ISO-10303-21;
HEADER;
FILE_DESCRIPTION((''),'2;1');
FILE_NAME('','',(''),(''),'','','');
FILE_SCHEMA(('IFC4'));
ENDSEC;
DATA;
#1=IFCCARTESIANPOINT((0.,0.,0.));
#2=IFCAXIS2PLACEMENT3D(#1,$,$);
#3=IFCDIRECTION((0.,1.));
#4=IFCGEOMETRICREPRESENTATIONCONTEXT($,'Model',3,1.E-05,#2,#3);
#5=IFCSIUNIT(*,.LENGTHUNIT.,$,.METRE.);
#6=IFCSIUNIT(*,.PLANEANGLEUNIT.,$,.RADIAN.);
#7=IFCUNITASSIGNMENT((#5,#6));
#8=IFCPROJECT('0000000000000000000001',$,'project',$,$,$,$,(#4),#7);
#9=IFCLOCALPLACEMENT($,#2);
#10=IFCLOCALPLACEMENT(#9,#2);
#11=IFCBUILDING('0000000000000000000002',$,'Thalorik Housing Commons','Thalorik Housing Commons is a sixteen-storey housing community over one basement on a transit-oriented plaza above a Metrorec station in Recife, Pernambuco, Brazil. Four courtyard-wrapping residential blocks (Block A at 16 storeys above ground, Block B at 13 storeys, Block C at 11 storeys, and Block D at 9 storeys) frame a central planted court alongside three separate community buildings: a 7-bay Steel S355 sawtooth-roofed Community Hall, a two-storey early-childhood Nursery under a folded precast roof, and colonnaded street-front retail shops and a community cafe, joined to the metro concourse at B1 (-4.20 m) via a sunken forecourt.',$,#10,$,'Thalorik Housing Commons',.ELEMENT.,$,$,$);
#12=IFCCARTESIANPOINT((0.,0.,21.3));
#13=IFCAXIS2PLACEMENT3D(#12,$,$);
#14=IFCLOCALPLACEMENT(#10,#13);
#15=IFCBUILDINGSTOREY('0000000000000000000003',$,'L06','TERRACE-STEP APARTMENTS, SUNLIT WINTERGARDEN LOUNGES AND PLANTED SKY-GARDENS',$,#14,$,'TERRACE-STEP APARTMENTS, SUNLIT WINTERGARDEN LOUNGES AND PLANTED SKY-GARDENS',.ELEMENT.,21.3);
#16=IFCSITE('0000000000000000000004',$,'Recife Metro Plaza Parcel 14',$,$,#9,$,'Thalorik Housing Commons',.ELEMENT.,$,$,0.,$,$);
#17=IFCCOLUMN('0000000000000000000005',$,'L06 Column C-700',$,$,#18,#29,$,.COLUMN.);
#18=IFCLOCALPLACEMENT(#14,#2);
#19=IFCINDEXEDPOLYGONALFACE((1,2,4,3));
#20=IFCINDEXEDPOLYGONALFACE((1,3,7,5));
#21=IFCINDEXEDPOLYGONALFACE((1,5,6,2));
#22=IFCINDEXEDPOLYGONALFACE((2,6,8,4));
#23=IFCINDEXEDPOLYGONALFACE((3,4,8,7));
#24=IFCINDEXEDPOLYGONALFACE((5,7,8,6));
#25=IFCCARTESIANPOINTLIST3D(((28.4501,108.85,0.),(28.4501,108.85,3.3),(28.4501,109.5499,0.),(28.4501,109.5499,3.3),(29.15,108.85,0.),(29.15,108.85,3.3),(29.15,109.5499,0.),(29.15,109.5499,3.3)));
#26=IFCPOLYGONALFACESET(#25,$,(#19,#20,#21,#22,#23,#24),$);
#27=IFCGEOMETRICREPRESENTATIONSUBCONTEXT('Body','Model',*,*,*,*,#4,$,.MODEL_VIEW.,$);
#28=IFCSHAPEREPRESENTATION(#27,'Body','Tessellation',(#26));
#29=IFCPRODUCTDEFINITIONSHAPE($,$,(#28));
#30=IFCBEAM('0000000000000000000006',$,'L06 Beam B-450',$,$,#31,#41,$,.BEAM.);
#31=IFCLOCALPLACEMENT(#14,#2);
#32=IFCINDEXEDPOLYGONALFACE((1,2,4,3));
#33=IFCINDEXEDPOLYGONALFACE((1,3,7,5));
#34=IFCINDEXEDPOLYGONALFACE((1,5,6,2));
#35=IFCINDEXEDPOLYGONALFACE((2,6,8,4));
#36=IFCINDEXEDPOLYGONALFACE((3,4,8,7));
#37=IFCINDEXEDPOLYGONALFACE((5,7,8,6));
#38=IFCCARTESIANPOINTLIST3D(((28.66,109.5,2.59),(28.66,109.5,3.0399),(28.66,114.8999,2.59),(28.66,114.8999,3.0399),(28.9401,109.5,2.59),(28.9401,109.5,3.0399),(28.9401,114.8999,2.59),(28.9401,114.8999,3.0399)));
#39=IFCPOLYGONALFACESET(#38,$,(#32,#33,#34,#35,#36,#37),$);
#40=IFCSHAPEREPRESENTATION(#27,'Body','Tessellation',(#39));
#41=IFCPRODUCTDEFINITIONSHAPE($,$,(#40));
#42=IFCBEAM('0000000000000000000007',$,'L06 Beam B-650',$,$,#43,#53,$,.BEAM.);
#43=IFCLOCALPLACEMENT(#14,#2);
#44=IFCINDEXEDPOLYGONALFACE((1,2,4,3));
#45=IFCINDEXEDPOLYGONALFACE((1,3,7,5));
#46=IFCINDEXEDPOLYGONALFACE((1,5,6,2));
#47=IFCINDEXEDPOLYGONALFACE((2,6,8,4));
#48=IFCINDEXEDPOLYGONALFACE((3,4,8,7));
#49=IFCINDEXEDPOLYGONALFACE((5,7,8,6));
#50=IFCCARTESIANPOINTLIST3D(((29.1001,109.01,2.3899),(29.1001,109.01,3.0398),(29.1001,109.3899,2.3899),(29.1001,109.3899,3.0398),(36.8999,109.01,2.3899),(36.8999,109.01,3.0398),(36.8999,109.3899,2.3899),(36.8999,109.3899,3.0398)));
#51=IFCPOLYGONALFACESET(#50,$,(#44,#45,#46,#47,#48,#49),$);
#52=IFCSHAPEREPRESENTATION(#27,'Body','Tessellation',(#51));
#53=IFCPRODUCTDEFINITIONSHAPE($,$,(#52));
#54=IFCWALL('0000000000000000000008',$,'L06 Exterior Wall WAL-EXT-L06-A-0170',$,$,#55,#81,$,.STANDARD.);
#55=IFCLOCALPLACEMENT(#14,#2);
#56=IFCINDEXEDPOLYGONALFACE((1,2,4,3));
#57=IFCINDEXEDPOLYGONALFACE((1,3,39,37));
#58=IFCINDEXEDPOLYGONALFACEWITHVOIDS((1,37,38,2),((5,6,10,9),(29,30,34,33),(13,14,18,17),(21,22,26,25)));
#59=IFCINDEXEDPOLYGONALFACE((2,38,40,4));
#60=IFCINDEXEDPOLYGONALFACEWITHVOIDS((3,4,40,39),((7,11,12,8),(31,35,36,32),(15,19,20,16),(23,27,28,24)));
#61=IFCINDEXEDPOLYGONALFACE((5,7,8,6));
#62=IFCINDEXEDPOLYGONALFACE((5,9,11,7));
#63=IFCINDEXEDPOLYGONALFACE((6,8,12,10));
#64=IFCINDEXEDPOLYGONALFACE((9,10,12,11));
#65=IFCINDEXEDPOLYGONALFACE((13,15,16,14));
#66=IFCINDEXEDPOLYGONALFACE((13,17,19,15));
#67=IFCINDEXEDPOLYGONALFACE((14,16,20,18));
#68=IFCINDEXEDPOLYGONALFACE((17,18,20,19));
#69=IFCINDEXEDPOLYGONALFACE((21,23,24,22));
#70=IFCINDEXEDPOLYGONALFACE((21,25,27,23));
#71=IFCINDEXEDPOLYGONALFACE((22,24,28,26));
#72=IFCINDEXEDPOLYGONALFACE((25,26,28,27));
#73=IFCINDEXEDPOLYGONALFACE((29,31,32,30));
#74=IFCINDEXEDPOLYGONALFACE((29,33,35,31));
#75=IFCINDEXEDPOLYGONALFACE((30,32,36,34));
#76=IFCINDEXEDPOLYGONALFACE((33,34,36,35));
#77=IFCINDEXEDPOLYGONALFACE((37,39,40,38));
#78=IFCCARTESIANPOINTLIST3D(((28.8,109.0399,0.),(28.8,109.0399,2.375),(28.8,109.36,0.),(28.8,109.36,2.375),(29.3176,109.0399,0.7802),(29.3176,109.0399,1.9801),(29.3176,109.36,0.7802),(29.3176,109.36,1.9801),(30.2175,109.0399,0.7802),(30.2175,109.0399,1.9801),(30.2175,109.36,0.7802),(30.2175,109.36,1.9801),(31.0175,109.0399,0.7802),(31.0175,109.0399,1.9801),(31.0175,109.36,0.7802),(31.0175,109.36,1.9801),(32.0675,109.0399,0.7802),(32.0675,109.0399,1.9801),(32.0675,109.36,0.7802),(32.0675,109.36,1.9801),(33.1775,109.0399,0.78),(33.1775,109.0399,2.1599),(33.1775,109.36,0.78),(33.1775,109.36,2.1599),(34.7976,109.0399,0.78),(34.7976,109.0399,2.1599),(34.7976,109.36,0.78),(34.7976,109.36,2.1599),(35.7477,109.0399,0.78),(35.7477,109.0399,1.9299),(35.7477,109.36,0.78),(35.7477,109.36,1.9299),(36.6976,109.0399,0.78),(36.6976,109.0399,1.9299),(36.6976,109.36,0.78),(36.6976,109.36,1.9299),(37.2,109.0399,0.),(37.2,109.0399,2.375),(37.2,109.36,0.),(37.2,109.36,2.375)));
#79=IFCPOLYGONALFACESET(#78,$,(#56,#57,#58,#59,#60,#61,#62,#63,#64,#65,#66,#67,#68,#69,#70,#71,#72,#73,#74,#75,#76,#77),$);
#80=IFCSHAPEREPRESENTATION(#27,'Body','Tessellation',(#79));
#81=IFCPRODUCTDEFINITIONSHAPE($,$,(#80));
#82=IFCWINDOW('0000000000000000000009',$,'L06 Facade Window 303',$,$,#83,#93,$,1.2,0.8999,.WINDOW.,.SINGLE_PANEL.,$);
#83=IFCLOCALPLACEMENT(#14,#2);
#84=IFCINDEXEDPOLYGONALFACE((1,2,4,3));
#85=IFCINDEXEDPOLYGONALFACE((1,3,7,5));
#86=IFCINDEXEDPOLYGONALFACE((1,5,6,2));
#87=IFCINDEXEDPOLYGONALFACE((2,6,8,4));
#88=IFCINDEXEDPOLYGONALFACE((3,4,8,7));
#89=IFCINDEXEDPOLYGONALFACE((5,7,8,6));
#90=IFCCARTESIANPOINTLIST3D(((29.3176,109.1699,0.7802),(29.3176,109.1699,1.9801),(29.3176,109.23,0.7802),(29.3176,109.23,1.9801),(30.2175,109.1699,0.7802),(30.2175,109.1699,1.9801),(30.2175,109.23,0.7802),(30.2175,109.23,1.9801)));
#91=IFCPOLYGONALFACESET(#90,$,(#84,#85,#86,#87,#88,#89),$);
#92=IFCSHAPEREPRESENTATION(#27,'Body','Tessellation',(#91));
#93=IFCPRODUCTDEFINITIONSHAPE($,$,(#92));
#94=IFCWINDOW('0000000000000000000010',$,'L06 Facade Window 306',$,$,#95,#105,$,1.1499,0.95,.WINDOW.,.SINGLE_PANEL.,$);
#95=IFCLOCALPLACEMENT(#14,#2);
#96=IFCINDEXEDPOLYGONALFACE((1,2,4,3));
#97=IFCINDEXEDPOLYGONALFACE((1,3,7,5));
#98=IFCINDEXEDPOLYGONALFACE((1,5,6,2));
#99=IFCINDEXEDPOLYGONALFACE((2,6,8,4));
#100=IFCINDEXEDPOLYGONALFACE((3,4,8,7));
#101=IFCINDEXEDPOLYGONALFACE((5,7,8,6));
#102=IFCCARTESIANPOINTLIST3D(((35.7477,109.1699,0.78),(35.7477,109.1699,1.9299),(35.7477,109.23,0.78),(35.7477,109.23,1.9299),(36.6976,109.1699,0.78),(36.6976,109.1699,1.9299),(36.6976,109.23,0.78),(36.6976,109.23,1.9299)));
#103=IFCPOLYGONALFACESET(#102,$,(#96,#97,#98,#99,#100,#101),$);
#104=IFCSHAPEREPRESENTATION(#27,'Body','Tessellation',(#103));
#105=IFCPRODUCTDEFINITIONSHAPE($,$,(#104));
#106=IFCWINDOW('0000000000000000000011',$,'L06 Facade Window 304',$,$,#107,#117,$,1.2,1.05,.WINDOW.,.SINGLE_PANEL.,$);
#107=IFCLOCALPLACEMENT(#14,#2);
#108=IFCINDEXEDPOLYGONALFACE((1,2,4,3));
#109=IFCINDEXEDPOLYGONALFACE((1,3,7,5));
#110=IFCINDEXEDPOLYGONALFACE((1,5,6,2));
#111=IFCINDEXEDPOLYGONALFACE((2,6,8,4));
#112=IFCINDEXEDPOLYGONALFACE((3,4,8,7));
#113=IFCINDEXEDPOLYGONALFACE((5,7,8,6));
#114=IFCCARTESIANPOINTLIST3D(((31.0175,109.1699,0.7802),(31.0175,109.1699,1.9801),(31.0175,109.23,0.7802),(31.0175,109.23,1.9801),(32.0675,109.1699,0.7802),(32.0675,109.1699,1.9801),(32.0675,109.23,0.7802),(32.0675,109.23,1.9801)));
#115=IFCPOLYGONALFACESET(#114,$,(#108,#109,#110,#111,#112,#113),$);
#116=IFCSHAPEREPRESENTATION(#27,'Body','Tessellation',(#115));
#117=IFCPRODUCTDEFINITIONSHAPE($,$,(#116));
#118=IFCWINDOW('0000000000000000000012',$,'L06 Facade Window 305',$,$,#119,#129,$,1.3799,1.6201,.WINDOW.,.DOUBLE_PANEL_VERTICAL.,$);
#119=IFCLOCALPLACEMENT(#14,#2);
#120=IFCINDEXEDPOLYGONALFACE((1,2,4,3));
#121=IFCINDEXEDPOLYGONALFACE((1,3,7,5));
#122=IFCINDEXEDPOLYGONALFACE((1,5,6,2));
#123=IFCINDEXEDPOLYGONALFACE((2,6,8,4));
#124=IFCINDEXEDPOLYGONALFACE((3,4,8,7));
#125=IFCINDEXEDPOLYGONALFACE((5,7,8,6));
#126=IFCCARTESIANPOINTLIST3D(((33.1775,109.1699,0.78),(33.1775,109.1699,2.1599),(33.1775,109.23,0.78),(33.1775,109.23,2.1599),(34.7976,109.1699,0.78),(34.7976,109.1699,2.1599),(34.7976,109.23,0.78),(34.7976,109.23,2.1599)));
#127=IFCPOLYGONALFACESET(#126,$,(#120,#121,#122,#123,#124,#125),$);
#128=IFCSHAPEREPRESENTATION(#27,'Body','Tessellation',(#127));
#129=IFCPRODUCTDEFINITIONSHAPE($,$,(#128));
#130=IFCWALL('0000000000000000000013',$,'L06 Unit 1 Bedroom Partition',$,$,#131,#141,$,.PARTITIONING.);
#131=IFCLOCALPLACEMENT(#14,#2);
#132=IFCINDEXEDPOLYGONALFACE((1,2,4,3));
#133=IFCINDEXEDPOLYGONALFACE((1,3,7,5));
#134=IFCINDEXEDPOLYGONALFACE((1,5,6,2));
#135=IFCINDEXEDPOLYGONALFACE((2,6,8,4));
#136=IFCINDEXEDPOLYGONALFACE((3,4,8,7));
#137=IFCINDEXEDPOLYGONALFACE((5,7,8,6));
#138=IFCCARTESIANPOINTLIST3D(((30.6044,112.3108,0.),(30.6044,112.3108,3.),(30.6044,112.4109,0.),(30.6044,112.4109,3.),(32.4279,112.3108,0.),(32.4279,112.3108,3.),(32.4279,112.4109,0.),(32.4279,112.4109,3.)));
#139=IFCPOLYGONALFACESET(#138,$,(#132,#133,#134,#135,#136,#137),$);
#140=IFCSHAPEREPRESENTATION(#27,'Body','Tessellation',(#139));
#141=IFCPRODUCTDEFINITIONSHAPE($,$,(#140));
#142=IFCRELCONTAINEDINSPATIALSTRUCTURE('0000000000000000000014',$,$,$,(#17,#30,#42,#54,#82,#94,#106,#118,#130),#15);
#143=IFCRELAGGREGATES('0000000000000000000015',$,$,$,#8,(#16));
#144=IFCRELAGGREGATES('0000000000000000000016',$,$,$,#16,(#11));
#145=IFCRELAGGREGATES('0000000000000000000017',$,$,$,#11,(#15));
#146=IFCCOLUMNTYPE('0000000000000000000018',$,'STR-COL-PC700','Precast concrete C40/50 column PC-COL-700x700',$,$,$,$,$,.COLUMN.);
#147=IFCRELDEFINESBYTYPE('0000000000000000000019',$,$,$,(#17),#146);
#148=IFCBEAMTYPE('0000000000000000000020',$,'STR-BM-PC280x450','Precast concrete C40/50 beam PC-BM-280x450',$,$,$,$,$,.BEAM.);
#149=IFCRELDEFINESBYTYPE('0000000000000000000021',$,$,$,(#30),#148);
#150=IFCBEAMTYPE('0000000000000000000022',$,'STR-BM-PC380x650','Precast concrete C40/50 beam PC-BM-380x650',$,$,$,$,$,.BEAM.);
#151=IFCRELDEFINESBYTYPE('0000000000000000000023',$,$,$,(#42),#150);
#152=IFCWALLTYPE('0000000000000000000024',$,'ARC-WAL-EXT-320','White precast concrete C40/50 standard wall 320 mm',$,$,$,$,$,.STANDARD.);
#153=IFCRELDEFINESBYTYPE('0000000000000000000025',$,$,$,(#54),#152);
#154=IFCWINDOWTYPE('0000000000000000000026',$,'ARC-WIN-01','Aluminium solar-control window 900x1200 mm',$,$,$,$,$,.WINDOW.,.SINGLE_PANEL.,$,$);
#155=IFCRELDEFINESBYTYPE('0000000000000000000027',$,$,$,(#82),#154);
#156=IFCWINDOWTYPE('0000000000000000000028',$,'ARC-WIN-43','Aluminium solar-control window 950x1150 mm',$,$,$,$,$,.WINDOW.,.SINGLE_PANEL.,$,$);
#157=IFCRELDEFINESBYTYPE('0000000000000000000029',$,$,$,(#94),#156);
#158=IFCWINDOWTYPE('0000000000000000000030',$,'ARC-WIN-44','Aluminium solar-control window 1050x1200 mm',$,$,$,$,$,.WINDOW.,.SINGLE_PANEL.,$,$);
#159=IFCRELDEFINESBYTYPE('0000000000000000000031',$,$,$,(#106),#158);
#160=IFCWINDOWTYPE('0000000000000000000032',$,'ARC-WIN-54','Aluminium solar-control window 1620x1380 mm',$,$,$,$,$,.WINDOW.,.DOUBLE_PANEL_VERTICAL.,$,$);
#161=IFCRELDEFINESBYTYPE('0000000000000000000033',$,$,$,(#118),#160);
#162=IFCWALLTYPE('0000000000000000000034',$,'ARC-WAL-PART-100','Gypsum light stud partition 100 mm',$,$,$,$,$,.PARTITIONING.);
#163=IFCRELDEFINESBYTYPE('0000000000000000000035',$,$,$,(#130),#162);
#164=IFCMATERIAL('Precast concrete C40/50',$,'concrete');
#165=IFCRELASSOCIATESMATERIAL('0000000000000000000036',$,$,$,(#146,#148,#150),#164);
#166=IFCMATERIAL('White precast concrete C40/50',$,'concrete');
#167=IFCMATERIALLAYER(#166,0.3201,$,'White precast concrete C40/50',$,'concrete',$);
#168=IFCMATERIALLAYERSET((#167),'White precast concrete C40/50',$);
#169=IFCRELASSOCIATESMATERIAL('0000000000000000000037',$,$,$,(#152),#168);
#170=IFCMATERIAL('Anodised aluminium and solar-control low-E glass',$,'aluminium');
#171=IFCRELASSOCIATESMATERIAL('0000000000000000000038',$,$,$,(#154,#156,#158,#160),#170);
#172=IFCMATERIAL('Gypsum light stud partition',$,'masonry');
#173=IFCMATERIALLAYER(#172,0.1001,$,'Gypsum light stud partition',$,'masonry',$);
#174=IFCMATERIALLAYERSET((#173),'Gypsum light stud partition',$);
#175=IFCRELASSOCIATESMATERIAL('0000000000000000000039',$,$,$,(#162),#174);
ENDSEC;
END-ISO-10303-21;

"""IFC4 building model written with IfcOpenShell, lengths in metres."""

from ifc_helpers import new_model, si_unit, direction, frame, frame_2d, origin, origin_2d, place, context, subcontext, project, spatial, rectangle, extrude, material, layer, layer_set, material_profile, profile_set, type_object, element, fill, save


model = new_model("IFC4")

# Units and contexts
model_context = context("Model", 3, precision=1e-05, world=origin(), true_north=direction((0.0, 1.0)))
body_context = subcontext(model_context, "Body", "Model", "MODEL_VIEW")
ifc_project = project(units=[si_unit("LENGTHUNIT", "METRE"), si_unit("PLANEANGLEUNIT", "RADIAN")], contexts=[model_context])

# Site, building, storey
site_placement = place(None, origin())
site = spatial("IfcSite", under=ifc_project, at=site_placement, Name="Recife Metro Plaza Parcel 14", LongName="Thalorik Housing Commons", CompositionType="ELEMENT", RefElevation=0.0)
building_placement = place(site_placement, origin())
building = spatial("IfcBuilding", under=site, at=building_placement, Name="Thalorik Housing Commons", Description="Thalorik Housing Commons is a sixteen-storey housing community over one basement on a transit-oriented plaza above a Metrorec station in Recife, Pernambuco, Brazil. Four courtyard-wrapping residential blocks (Block A at 16 storeys above ground, Block B at 13 storeys, Block C at 11 storeys, and Block D at 9 storeys) frame a central planted court alongside three separate community buildings: a 7-bay Steel S355 sawtooth-roofed Community Hall, a two-storey early-childhood Nursery under a folded precast roof, and colonnaded street-front retail shops and a community cafe, joined to the metro concourse at B1 (-4.20 m) via a sunken forecourt.", LongName="Thalorik Housing Commons", CompositionType="ELEMENT")
storey_placement = place(building_placement, frame((0.0, 0.0, 21.3)))
storey = spatial("IfcBuildingStorey", under=building, at=storey_placement, Name="L06", Description="TERRACE-STEP APARTMENTS, SUNLIT WINTERGARDEN LOUNGES AND PLANTED SKY-GARDENS", LongName="TERRACE-STEP APARTMENTS, SUNLIT WINTERGARDEN LOUNGES AND PLANTED SKY-GARDENS", CompositionType="ELEMENT", Elevation=21.3)

# Column
ifc_material_1 = material(Name="Precast concrete C40/50", Category="concrete")
ifc_material_profile_1 = material_profile(ifc_material_1, rectangle(XDim=0.7, YDim=0.7, at=origin_2d()), Name="PC 700x700", Category="concrete")
ifc_profile_set_1 = profile_set([ifc_material_profile_1], Name="Precast concrete C40/50")
column_type = type_object("IfcColumnType", Name="STR-COL-PC700", Description="Precast concrete C40/50 column PC-COL-700x700", PredefinedType="COLUMN", material=ifc_profile_set_1)
column_placement = place(storey_placement, frame((28.8, 109.2, 0.0), z_axis=(0.0, 0.0, 1.0), x_axis=(1.0, 0.0, 0.0)))
element("IfcColumn", 1, at=column_placement, inside=storey, type_object=column_type, Name="L06 Column C-700", PredefinedType="COLUMN", context=body_context, shape_type="SweptSolid", body=[
    extrude(rectangle(XDim=0.7, YDim=0.7, at=origin_2d()), origin(), (0.0, 0.0, 1.0), 3.3),
])

# Beams
ifc_material_profile_2 = material_profile(ifc_material_1, rectangle(XDim=0.28, YDim=0.45, at=origin_2d()), Name="PC 280x450", Category="concrete")
ifc_profile_set_2 = profile_set([ifc_material_profile_2], Name="Precast concrete C40/50")
beam_type_1 = type_object("IfcBeamType", Name="STR-BM-PC280x450", Description="Precast concrete C40/50 beam PC-BM-280x450", PredefinedType="BEAM", material=ifc_profile_set_2)
beam_1_placement = place(storey_placement, frame((28.8, 109.5, 2.8149), z_axis=(0.0, 1.0, 0.0), x_axis=(-1.0, 0.0, 0.0)))
element("IfcBeam", 2, at=beam_1_placement, inside=storey, type_object=beam_type_1, Name="L06 Beam B-450", PredefinedType="BEAM", context=body_context, shape_type="SweptSolid", body=[
    extrude(rectangle(XDim=0.28, YDim=0.45, at=origin_2d()), origin(), (0.0, 0.0, 1.0), 5.3999),
])
ifc_material_profile_3 = material_profile(ifc_material_1, rectangle(XDim=0.3799, YDim=0.6499, at=origin_2d()), Name="PC 380x650", Category="concrete")
ifc_profile_set_3 = profile_set([ifc_material_profile_3], Name="Precast concrete C40/50")
beam_type_2 = type_object("IfcBeamType", Name="STR-BM-PC380x650", Description="Precast concrete C40/50 beam PC-BM-380x650", PredefinedType="BEAM", material=ifc_profile_set_3)
beam_2_placement = place(storey_placement, frame((29.1001, 109.2, 2.7148), z_axis=(1.0, 0.0, 0.0), x_axis=(0.0, 1.0, 0.0)))
element("IfcBeam", 3, at=beam_2_placement, inside=storey, type_object=beam_type_2, Name="L06 Beam B-650", PredefinedType="BEAM", context=body_context, shape_type="SweptSolid", body=[
    extrude(rectangle(XDim=0.3799, YDim=0.6499, at=origin_2d()), origin(), (0.0, 0.0, 1.0), 7.7998),
])

# Wall, openings, windows
ifc_material_2 = material(Name="White precast concrete C40/50", Category="concrete")
ifc_layer_1 = layer(ifc_material_2, 0.3201, Name="White precast concrete C40/50", Category="concrete")
ifc_layer_set_1 = layer_set([ifc_layer_1], Name="White precast concrete C40/50")
wall_type_1 = type_object("IfcWallType", Name="ARC-WAL-EXT-320", Description="White precast concrete C40/50 standard wall 320 mm", PredefinedType="STANDARD", material=ifc_layer_set_1)
wall_1_placement = place(storey_placement, frame((28.8, 109.2, 0.0), z_axis=(0.0, 0.0, 1.0), x_axis=(1.0, 0.0, 0.0)))
wall_1 = element("IfcWall", 4, at=wall_1_placement, inside=storey, type_object=wall_type_1, Name="L06 Exterior Wall WAL-EXT-L06-A-0170", PredefinedType="STANDARD", context=body_context, shape_type="SweptSolid", body=[
    extrude(rectangle(XDim=8.3999, YDim=0.3201, at=frame_2d((4.2, 0.0))), origin(), (0.0, 0.0, 1.0), 2.375),
])
opening_1_placement = place(wall_1_placement, frame((0.5176, 0.0, 0.78)))
opening_1 = element("IfcOpeningElement", 5, at=opening_1_placement, cuts=wall_1, PredefinedType="OPENING", context=body_context, shape_type="SweptSolid", body=[
    extrude(rectangle(XDim=0.8999, YDim=1.2, at=frame_2d((0.45, 0.6001))), frame((0.0, 0.1699, 0.0), z_axis=(0.0, -1.0, 0.0), x_axis=(1.0, 0.0, 0.0)), (0.0, 0.0, 1.0), 0.3401),
])
opening_2_placement = place(wall_1_placement, frame((2.2175, 0.0, 0.78)))
opening_2 = element("IfcOpeningElement", 6, at=opening_2_placement, cuts=wall_1, PredefinedType="OPENING", context=body_context, shape_type="SweptSolid", body=[
    extrude(rectangle(XDim=1.05, YDim=1.2, at=frame_2d((0.5249, 0.6001))), frame((0.0, 0.1699, 0.0), z_axis=(0.0, -1.0, 0.0), x_axis=(1.0, 0.0, 0.0)), (0.0, 0.0, 1.0), 0.3401),
])
opening_3_placement = place(wall_1_placement, frame((4.3774, 0.0, 0.78)))
opening_3 = element("IfcOpeningElement", 7, at=opening_3_placement, cuts=wall_1, PredefinedType="OPENING", context=body_context, shape_type="SweptSolid", body=[
    extrude(rectangle(XDim=1.6201, YDim=1.3799, at=frame_2d((0.8101, 0.6899))), frame((0.0, 0.1699, 0.0), z_axis=(0.0, -1.0, 0.0), x_axis=(1.0, 0.0, 0.0)), (0.0, 0.0, 1.0), 0.3401),
])
opening_4_placement = place(wall_1_placement, frame((6.9475, 0.0, 0.78)))
opening_4 = element("IfcOpeningElement", 8, at=opening_4_placement, cuts=wall_1, PredefinedType="OPENING", context=body_context, shape_type="SweptSolid", body=[
    extrude(rectangle(XDim=0.95, YDim=1.1499, at=frame_2d((0.4751, 0.575))), frame((0.0, 0.1699, 0.0), z_axis=(0.0, -1.0, 0.0), x_axis=(1.0, 0.0, 0.0)), (0.0, 0.0, 1.0), 0.3401),
])
ifc_material_3 = material(Name="Anodised aluminium and solar-control low-E glass", Category="aluminium")
window_type_1 = type_object("IfcWindowType", Name="ARC-WIN-01", Description="Aluminium solar-control window 900x1200 mm", PartitioningType="SINGLE_PANEL", PredefinedType="WINDOW", material=ifc_material_3)
window_1_placement = place(opening_1_placement, origin())
window_1 = element("IfcWindow", 9, at=window_1_placement, inside=storey, type_object=window_type_1, Name="L06 Facade Window 303", OverallHeight=1.2, OverallWidth=0.8999, PartitioningType="SINGLE_PANEL", PredefinedType="WINDOW", context=body_context, shape_type="SweptSolid", body=[
    extrude(rectangle(XDim=0.8999, YDim=1.2, at=frame_2d((0.45, 0.6001))), frame((0.0, 0.03, 0.0), z_axis=(0.0, -1.0, 0.0), x_axis=(1.0, 0.0, 0.0)), (0.0, 0.0, 1.0), 0.0601),
])
fill(opening_1, window_1)
window_type_2 = type_object("IfcWindowType", Name="ARC-WIN-43", Description="Aluminium solar-control window 950x1150 mm", PartitioningType="SINGLE_PANEL", PredefinedType="WINDOW", material=ifc_material_3)
window_2_placement = place(opening_4_placement, origin())
window_2 = element("IfcWindow", 10, at=window_2_placement, inside=storey, type_object=window_type_2, Name="L06 Facade Window 306", OverallHeight=1.1499, OverallWidth=0.95, PartitioningType="SINGLE_PANEL", PredefinedType="WINDOW", context=body_context, shape_type="SweptSolid", body=[
    extrude(rectangle(XDim=0.95, YDim=1.1499, at=frame_2d((0.4751, 0.575))), frame((0.0, 0.03, 0.0), z_axis=(0.0, -1.0, 0.0), x_axis=(1.0, 0.0, 0.0)), (0.0, 0.0, 1.0), 0.0601),
])
fill(opening_4, window_2)
window_type_3 = type_object("IfcWindowType", Name="ARC-WIN-44", Description="Aluminium solar-control window 1050x1200 mm", PartitioningType="SINGLE_PANEL", PredefinedType="WINDOW", material=ifc_material_3)
window_3_placement = place(opening_2_placement, origin())
window_3 = element("IfcWindow", 11, at=window_3_placement, inside=storey, type_object=window_type_3, Name="L06 Facade Window 304", OverallHeight=1.2, OverallWidth=1.05, PartitioningType="SINGLE_PANEL", PredefinedType="WINDOW", context=body_context, shape_type="SweptSolid", body=[
    extrude(rectangle(XDim=1.05, YDim=1.2, at=frame_2d((0.5249, 0.6001))), frame((0.0, 0.03, 0.0), z_axis=(0.0, -1.0, 0.0), x_axis=(1.0, 0.0, 0.0)), (0.0, 0.0, 1.0), 0.0601),
])
fill(opening_2, window_3)
window_type_4 = type_object("IfcWindowType", Name="ARC-WIN-54", Description="Aluminium solar-control window 1620x1380 mm", PartitioningType="DOUBLE_PANEL_VERTICAL", PredefinedType="WINDOW", material=ifc_material_3)
window_4_placement = place(opening_3_placement, origin())
window_4 = element("IfcWindow", 12, at=window_4_placement, inside=storey, type_object=window_type_4, Name="L06 Facade Window 305", OverallHeight=1.3799, OverallWidth=1.6201, PartitioningType="DOUBLE_PANEL_VERTICAL", PredefinedType="WINDOW", context=body_context, shape_type="SweptSolid", body=[
    extrude(rectangle(XDim=1.6201, YDim=1.3799, at=frame_2d((0.8101, 0.6899))), frame((0.0, 0.03, 0.0), z_axis=(0.0, -1.0, 0.0), x_axis=(1.0, 0.0, 0.0)), (0.0, 0.0, 1.0), 0.0601),
])
fill(opening_3, window_4)

# Wall
ifc_material_4 = material(Name="Gypsum light stud partition", Category="masonry")
ifc_layer_2 = layer(ifc_material_4, 0.1001, Name="Gypsum light stud partition", Category="masonry")
ifc_layer_set_2 = layer_set([ifc_layer_2], Name="Gypsum light stud partition")
wall_type_2 = type_object("IfcWallType", Name="ARC-WAL-PART-100", Description="Gypsum light stud partition 100 mm", PredefinedType="PARTITIONING", material=ifc_layer_set_2)
wall_2_placement = place(storey_placement, frame((30.6045, 112.3608, 0.0), z_axis=(0.0, 0.0, 1.0), x_axis=(1.0, 0.0, 0.0)))
element("IfcWall", 13, at=wall_2_placement, inside=storey, type_object=wall_type_2, Name="L06 Unit 1 Bedroom Partition", PredefinedType="PARTITIONING", context=body_context, shape_type="SweptSolid", body=[
    extrude(rectangle(XDim=1.8235, YDim=0.1001, at=frame_2d((0.9116, 0.0))), origin(), (0.0, 0.0, 1.0), 3.0),
])

save(model, "model.ifc")
